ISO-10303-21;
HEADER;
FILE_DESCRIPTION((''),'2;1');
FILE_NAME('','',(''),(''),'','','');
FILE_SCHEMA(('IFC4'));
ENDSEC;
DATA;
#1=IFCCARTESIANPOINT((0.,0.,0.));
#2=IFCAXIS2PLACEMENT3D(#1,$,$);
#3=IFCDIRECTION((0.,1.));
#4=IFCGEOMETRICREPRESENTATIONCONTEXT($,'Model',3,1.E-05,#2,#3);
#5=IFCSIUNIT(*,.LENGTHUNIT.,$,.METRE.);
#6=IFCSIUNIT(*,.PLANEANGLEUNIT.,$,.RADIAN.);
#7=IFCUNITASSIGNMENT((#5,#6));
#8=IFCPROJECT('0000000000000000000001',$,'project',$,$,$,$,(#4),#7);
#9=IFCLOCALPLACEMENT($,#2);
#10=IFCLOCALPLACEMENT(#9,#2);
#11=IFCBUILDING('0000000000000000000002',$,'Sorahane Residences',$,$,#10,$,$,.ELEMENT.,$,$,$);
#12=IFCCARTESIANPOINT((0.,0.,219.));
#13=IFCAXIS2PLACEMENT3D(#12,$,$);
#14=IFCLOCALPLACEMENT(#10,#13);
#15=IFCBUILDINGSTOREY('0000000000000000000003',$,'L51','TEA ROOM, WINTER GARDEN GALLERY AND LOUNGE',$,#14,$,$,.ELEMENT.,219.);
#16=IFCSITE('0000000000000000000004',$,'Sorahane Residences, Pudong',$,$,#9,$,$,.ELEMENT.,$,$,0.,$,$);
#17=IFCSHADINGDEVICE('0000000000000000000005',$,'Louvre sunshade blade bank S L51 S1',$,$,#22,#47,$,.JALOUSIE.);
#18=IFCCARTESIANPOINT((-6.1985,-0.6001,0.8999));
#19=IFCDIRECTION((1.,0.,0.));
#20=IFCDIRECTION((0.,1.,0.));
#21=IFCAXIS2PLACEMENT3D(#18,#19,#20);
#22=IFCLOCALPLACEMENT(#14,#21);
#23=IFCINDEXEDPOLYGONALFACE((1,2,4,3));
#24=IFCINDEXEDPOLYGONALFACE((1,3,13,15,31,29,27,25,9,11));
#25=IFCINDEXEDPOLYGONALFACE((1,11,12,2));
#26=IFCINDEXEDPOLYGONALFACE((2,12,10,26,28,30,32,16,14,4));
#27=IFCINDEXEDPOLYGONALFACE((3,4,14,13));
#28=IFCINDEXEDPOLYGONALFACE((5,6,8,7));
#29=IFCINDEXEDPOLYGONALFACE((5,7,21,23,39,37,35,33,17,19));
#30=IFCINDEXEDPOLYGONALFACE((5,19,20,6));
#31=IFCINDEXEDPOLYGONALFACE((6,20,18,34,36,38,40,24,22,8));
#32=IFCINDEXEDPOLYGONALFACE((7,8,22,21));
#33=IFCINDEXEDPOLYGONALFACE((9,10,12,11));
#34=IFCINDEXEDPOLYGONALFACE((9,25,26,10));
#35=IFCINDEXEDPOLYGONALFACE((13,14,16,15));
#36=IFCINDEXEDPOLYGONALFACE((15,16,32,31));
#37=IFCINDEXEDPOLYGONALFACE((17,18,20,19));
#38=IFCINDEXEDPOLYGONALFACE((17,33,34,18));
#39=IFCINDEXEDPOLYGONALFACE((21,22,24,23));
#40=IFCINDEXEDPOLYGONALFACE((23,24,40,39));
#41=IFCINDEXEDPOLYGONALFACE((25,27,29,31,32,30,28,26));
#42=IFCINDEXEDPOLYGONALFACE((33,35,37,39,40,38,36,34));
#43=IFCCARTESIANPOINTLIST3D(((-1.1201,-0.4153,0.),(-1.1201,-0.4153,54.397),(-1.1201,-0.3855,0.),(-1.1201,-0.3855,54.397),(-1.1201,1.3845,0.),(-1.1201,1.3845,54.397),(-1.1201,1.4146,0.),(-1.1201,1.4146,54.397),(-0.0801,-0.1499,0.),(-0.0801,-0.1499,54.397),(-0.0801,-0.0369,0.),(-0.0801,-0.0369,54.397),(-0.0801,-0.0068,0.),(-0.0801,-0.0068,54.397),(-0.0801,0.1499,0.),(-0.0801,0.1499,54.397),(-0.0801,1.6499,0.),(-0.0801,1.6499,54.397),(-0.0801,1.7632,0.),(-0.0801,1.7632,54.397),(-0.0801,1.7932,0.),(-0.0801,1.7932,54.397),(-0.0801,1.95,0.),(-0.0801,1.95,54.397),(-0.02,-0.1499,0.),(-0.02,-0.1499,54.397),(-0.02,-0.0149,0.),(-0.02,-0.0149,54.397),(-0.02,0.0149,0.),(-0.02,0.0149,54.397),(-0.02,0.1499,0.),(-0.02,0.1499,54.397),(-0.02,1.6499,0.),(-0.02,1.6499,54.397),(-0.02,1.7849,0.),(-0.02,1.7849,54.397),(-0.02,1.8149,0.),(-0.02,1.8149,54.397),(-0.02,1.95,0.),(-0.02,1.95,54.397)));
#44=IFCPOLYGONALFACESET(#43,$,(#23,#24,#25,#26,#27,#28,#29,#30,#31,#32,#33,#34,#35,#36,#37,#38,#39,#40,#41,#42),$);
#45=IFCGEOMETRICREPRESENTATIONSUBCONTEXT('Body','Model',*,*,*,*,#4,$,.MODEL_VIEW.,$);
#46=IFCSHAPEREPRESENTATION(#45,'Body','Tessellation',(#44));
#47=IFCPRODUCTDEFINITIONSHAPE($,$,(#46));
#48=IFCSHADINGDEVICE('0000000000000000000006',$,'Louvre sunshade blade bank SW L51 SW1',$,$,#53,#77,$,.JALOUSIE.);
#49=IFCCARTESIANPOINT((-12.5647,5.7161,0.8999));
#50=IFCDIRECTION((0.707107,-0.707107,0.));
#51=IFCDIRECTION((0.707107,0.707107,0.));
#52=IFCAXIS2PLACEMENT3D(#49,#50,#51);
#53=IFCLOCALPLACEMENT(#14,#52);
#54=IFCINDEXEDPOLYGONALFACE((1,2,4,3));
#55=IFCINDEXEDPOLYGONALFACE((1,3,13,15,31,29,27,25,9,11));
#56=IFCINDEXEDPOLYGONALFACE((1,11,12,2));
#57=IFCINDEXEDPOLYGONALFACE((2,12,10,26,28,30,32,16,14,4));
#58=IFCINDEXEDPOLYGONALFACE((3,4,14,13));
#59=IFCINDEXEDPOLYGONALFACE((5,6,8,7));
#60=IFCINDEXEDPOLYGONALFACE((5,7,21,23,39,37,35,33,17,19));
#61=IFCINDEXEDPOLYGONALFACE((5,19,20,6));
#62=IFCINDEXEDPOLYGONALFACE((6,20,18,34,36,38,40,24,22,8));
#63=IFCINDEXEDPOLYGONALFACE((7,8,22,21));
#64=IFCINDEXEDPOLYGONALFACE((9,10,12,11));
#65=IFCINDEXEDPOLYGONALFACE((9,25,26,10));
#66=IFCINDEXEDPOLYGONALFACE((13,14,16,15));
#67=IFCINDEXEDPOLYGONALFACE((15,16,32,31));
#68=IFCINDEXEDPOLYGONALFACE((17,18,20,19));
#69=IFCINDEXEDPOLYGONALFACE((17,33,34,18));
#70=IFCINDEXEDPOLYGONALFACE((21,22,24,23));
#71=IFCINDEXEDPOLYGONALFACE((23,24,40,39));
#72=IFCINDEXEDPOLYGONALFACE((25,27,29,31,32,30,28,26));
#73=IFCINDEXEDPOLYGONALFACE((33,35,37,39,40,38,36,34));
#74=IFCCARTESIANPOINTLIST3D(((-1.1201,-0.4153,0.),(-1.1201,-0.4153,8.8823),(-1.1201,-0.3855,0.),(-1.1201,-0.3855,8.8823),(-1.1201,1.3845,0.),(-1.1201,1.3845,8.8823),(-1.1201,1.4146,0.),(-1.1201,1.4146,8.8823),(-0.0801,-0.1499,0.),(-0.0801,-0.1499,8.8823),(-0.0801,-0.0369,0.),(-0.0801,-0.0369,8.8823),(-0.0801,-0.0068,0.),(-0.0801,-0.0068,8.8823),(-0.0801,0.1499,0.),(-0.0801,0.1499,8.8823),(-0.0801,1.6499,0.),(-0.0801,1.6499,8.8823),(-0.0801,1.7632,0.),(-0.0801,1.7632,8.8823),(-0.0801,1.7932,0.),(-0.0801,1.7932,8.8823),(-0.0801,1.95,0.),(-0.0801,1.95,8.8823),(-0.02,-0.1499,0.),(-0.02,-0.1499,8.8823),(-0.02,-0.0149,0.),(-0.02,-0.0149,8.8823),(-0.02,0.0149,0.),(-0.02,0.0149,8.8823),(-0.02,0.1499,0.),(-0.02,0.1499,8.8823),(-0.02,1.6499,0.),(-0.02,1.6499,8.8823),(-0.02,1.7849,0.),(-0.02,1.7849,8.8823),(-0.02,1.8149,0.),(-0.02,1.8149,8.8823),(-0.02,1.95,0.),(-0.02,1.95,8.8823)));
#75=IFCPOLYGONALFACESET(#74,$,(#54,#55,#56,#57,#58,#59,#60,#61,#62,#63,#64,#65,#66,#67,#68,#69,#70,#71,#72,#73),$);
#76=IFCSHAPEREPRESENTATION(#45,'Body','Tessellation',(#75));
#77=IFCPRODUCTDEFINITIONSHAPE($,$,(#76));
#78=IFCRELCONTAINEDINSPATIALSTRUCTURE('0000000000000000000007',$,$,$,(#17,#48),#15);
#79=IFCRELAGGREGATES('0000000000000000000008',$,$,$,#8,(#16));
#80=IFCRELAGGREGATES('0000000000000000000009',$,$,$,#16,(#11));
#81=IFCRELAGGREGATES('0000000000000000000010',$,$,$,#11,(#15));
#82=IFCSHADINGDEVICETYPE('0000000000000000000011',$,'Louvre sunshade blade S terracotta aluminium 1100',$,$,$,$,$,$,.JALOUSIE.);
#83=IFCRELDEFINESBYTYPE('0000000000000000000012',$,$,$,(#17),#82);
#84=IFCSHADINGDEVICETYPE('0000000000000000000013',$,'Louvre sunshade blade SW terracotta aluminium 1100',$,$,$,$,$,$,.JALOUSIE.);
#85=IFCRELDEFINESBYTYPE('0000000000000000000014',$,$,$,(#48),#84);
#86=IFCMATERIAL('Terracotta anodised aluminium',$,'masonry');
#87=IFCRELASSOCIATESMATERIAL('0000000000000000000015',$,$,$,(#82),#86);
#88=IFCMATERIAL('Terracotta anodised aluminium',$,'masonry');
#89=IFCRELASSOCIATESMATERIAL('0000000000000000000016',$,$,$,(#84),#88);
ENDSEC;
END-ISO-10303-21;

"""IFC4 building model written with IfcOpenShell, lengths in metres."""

from ifc_helpers import new_model, si_unit, direction, frame, origin, place, context, subcontext, project, spatial, polyline, outline, composite_profile, extrude, material, type_object, element, save


model = new_model("IFC4")

# Units and contexts
model_context = context("Model", 3, precision=1e-05, world=origin(), true_north=direction((0.0, 1.0)))
body_context = subcontext(model_context, "Body", "Model", "MODEL_VIEW")
ifc_project = project(units=[si_unit("LENGTHUNIT", "METRE"), si_unit("PLANEANGLEUNIT", "RADIAN")], contexts=[model_context])

# Site, building, storey
site_placement = place(None, origin())
site = spatial("IfcSite", under=ifc_project, at=site_placement, Name="Sorahane Residences, Pudong", CompositionType="ELEMENT", RefElevation=0.0)
building_placement = place(site_placement, origin())
building = spatial("IfcBuilding", under=site, at=building_placement, Name="Sorahane Residences", CompositionType="ELEMENT")
storey_placement = place(building_placement, frame((0.0, 0.0, 219.0)))
storey = spatial("IfcBuildingStorey", under=building, at=storey_placement, Name="L51", Description="TEA ROOM, WINTER GARDEN GALLERY AND LOUNGE", CompositionType="ELEMENT", Elevation=219.0)

# Shading devices
ifc_material_1 = material(Name="Terracotta anodised aluminium", Category="masonry")
shading_device_type_1 = type_object("IfcShadingDeviceType", Name="Louvre sunshade blade S terracotta aluminium 1100", PredefinedType="JALOUSIE", material=ifc_material_1)
shading_device_1_placement = place(storey_placement, frame((-6.1985, -0.6001, 0.8999), z_axis=(1.0, 0.0, 0.0), x_axis=(0.0, 1.0, 0.0)))
element("IfcShadingDevice", 1, at=shading_device_1_placement, inside=storey, type_object=shading_device_type_1, Name="Louvre sunshade blade bank S L51 S1", PredefinedType="JALOUSIE", context=body_context, shape_type="SweptSolid", body=[
    extrude(composite_profile([outline(polyline([(-1.1201, -0.3855), (-1.1201, -0.4153), (-0.0801, -0.0369), (-0.0801, -0.1499), (-0.02, -0.1499), (-0.02, -0.0149), (-0.02, 0.0149), (-0.02, 0.1499), (-0.0801, 0.1499), (-0.0801, -0.0068), (-1.1201, -0.3855)])), outline(polyline([(-1.1201, 1.4146), (-1.1201, 1.3845), (-0.0801, 1.7632), (-0.0801, 1.6499), (-0.02, 1.6499), (-0.02, 1.7849), (-0.02, 1.8149), (-0.02, 1.95), (-0.0801, 1.95), (-0.0801, 1.7932), (-1.1201, 1.4146)]))]), origin(), (0.0, 0.0, 1.0), 54.397),
])
ifc_material_2 = material(Name="Terracotta anodised aluminium", Category="masonry")
shading_device_type_2 = type_object("IfcShadingDeviceType", Name="Louvre sunshade blade SW terracotta aluminium 1100", PredefinedType="JALOUSIE", material=ifc_material_2)
shading_device_2_placement = place(storey_placement, frame((-12.5647, 5.7161, 0.8999), z_axis=(0.707107, -0.707107, 0.0), x_axis=(0.707107, 0.707107, 0.0)))
element("IfcShadingDevice", 2, at=shading_device_2_placement, inside=storey, type_object=shading_device_type_2, Name="Louvre sunshade blade bank SW L51 SW1", PredefinedType="JALOUSIE", context=body_context, shape_type="SweptSolid", body=[
    extrude(composite_profile([outline(polyline([(-1.1201, -0.3855), (-1.1201, -0.4153), (-0.0801, -0.0369), (-0.0801, -0.1499), (-0.02, -0.1499), (-0.02, -0.0149), (-0.02, 0.0149), (-0.02, 0.1499), (-0.0801, 0.1499), (-0.0801, -0.0068), (-1.1201, -0.3855)])), outline(polyline([(-1.1201, 1.4146), (-1.1201, 1.3845), (-0.0801, 1.7632), (-0.0801, 1.6499), (-0.02, 1.6499), (-0.02, 1.7849), (-0.02, 1.8149), (-0.02, 1.95), (-0.0801, 1.95), (-0.0801, 1.7932), (-1.1201, 1.4146)]))]), origin(), (0.0, 0.0, 1.0), 8.8823),
])

save(model, "model.ifc")
